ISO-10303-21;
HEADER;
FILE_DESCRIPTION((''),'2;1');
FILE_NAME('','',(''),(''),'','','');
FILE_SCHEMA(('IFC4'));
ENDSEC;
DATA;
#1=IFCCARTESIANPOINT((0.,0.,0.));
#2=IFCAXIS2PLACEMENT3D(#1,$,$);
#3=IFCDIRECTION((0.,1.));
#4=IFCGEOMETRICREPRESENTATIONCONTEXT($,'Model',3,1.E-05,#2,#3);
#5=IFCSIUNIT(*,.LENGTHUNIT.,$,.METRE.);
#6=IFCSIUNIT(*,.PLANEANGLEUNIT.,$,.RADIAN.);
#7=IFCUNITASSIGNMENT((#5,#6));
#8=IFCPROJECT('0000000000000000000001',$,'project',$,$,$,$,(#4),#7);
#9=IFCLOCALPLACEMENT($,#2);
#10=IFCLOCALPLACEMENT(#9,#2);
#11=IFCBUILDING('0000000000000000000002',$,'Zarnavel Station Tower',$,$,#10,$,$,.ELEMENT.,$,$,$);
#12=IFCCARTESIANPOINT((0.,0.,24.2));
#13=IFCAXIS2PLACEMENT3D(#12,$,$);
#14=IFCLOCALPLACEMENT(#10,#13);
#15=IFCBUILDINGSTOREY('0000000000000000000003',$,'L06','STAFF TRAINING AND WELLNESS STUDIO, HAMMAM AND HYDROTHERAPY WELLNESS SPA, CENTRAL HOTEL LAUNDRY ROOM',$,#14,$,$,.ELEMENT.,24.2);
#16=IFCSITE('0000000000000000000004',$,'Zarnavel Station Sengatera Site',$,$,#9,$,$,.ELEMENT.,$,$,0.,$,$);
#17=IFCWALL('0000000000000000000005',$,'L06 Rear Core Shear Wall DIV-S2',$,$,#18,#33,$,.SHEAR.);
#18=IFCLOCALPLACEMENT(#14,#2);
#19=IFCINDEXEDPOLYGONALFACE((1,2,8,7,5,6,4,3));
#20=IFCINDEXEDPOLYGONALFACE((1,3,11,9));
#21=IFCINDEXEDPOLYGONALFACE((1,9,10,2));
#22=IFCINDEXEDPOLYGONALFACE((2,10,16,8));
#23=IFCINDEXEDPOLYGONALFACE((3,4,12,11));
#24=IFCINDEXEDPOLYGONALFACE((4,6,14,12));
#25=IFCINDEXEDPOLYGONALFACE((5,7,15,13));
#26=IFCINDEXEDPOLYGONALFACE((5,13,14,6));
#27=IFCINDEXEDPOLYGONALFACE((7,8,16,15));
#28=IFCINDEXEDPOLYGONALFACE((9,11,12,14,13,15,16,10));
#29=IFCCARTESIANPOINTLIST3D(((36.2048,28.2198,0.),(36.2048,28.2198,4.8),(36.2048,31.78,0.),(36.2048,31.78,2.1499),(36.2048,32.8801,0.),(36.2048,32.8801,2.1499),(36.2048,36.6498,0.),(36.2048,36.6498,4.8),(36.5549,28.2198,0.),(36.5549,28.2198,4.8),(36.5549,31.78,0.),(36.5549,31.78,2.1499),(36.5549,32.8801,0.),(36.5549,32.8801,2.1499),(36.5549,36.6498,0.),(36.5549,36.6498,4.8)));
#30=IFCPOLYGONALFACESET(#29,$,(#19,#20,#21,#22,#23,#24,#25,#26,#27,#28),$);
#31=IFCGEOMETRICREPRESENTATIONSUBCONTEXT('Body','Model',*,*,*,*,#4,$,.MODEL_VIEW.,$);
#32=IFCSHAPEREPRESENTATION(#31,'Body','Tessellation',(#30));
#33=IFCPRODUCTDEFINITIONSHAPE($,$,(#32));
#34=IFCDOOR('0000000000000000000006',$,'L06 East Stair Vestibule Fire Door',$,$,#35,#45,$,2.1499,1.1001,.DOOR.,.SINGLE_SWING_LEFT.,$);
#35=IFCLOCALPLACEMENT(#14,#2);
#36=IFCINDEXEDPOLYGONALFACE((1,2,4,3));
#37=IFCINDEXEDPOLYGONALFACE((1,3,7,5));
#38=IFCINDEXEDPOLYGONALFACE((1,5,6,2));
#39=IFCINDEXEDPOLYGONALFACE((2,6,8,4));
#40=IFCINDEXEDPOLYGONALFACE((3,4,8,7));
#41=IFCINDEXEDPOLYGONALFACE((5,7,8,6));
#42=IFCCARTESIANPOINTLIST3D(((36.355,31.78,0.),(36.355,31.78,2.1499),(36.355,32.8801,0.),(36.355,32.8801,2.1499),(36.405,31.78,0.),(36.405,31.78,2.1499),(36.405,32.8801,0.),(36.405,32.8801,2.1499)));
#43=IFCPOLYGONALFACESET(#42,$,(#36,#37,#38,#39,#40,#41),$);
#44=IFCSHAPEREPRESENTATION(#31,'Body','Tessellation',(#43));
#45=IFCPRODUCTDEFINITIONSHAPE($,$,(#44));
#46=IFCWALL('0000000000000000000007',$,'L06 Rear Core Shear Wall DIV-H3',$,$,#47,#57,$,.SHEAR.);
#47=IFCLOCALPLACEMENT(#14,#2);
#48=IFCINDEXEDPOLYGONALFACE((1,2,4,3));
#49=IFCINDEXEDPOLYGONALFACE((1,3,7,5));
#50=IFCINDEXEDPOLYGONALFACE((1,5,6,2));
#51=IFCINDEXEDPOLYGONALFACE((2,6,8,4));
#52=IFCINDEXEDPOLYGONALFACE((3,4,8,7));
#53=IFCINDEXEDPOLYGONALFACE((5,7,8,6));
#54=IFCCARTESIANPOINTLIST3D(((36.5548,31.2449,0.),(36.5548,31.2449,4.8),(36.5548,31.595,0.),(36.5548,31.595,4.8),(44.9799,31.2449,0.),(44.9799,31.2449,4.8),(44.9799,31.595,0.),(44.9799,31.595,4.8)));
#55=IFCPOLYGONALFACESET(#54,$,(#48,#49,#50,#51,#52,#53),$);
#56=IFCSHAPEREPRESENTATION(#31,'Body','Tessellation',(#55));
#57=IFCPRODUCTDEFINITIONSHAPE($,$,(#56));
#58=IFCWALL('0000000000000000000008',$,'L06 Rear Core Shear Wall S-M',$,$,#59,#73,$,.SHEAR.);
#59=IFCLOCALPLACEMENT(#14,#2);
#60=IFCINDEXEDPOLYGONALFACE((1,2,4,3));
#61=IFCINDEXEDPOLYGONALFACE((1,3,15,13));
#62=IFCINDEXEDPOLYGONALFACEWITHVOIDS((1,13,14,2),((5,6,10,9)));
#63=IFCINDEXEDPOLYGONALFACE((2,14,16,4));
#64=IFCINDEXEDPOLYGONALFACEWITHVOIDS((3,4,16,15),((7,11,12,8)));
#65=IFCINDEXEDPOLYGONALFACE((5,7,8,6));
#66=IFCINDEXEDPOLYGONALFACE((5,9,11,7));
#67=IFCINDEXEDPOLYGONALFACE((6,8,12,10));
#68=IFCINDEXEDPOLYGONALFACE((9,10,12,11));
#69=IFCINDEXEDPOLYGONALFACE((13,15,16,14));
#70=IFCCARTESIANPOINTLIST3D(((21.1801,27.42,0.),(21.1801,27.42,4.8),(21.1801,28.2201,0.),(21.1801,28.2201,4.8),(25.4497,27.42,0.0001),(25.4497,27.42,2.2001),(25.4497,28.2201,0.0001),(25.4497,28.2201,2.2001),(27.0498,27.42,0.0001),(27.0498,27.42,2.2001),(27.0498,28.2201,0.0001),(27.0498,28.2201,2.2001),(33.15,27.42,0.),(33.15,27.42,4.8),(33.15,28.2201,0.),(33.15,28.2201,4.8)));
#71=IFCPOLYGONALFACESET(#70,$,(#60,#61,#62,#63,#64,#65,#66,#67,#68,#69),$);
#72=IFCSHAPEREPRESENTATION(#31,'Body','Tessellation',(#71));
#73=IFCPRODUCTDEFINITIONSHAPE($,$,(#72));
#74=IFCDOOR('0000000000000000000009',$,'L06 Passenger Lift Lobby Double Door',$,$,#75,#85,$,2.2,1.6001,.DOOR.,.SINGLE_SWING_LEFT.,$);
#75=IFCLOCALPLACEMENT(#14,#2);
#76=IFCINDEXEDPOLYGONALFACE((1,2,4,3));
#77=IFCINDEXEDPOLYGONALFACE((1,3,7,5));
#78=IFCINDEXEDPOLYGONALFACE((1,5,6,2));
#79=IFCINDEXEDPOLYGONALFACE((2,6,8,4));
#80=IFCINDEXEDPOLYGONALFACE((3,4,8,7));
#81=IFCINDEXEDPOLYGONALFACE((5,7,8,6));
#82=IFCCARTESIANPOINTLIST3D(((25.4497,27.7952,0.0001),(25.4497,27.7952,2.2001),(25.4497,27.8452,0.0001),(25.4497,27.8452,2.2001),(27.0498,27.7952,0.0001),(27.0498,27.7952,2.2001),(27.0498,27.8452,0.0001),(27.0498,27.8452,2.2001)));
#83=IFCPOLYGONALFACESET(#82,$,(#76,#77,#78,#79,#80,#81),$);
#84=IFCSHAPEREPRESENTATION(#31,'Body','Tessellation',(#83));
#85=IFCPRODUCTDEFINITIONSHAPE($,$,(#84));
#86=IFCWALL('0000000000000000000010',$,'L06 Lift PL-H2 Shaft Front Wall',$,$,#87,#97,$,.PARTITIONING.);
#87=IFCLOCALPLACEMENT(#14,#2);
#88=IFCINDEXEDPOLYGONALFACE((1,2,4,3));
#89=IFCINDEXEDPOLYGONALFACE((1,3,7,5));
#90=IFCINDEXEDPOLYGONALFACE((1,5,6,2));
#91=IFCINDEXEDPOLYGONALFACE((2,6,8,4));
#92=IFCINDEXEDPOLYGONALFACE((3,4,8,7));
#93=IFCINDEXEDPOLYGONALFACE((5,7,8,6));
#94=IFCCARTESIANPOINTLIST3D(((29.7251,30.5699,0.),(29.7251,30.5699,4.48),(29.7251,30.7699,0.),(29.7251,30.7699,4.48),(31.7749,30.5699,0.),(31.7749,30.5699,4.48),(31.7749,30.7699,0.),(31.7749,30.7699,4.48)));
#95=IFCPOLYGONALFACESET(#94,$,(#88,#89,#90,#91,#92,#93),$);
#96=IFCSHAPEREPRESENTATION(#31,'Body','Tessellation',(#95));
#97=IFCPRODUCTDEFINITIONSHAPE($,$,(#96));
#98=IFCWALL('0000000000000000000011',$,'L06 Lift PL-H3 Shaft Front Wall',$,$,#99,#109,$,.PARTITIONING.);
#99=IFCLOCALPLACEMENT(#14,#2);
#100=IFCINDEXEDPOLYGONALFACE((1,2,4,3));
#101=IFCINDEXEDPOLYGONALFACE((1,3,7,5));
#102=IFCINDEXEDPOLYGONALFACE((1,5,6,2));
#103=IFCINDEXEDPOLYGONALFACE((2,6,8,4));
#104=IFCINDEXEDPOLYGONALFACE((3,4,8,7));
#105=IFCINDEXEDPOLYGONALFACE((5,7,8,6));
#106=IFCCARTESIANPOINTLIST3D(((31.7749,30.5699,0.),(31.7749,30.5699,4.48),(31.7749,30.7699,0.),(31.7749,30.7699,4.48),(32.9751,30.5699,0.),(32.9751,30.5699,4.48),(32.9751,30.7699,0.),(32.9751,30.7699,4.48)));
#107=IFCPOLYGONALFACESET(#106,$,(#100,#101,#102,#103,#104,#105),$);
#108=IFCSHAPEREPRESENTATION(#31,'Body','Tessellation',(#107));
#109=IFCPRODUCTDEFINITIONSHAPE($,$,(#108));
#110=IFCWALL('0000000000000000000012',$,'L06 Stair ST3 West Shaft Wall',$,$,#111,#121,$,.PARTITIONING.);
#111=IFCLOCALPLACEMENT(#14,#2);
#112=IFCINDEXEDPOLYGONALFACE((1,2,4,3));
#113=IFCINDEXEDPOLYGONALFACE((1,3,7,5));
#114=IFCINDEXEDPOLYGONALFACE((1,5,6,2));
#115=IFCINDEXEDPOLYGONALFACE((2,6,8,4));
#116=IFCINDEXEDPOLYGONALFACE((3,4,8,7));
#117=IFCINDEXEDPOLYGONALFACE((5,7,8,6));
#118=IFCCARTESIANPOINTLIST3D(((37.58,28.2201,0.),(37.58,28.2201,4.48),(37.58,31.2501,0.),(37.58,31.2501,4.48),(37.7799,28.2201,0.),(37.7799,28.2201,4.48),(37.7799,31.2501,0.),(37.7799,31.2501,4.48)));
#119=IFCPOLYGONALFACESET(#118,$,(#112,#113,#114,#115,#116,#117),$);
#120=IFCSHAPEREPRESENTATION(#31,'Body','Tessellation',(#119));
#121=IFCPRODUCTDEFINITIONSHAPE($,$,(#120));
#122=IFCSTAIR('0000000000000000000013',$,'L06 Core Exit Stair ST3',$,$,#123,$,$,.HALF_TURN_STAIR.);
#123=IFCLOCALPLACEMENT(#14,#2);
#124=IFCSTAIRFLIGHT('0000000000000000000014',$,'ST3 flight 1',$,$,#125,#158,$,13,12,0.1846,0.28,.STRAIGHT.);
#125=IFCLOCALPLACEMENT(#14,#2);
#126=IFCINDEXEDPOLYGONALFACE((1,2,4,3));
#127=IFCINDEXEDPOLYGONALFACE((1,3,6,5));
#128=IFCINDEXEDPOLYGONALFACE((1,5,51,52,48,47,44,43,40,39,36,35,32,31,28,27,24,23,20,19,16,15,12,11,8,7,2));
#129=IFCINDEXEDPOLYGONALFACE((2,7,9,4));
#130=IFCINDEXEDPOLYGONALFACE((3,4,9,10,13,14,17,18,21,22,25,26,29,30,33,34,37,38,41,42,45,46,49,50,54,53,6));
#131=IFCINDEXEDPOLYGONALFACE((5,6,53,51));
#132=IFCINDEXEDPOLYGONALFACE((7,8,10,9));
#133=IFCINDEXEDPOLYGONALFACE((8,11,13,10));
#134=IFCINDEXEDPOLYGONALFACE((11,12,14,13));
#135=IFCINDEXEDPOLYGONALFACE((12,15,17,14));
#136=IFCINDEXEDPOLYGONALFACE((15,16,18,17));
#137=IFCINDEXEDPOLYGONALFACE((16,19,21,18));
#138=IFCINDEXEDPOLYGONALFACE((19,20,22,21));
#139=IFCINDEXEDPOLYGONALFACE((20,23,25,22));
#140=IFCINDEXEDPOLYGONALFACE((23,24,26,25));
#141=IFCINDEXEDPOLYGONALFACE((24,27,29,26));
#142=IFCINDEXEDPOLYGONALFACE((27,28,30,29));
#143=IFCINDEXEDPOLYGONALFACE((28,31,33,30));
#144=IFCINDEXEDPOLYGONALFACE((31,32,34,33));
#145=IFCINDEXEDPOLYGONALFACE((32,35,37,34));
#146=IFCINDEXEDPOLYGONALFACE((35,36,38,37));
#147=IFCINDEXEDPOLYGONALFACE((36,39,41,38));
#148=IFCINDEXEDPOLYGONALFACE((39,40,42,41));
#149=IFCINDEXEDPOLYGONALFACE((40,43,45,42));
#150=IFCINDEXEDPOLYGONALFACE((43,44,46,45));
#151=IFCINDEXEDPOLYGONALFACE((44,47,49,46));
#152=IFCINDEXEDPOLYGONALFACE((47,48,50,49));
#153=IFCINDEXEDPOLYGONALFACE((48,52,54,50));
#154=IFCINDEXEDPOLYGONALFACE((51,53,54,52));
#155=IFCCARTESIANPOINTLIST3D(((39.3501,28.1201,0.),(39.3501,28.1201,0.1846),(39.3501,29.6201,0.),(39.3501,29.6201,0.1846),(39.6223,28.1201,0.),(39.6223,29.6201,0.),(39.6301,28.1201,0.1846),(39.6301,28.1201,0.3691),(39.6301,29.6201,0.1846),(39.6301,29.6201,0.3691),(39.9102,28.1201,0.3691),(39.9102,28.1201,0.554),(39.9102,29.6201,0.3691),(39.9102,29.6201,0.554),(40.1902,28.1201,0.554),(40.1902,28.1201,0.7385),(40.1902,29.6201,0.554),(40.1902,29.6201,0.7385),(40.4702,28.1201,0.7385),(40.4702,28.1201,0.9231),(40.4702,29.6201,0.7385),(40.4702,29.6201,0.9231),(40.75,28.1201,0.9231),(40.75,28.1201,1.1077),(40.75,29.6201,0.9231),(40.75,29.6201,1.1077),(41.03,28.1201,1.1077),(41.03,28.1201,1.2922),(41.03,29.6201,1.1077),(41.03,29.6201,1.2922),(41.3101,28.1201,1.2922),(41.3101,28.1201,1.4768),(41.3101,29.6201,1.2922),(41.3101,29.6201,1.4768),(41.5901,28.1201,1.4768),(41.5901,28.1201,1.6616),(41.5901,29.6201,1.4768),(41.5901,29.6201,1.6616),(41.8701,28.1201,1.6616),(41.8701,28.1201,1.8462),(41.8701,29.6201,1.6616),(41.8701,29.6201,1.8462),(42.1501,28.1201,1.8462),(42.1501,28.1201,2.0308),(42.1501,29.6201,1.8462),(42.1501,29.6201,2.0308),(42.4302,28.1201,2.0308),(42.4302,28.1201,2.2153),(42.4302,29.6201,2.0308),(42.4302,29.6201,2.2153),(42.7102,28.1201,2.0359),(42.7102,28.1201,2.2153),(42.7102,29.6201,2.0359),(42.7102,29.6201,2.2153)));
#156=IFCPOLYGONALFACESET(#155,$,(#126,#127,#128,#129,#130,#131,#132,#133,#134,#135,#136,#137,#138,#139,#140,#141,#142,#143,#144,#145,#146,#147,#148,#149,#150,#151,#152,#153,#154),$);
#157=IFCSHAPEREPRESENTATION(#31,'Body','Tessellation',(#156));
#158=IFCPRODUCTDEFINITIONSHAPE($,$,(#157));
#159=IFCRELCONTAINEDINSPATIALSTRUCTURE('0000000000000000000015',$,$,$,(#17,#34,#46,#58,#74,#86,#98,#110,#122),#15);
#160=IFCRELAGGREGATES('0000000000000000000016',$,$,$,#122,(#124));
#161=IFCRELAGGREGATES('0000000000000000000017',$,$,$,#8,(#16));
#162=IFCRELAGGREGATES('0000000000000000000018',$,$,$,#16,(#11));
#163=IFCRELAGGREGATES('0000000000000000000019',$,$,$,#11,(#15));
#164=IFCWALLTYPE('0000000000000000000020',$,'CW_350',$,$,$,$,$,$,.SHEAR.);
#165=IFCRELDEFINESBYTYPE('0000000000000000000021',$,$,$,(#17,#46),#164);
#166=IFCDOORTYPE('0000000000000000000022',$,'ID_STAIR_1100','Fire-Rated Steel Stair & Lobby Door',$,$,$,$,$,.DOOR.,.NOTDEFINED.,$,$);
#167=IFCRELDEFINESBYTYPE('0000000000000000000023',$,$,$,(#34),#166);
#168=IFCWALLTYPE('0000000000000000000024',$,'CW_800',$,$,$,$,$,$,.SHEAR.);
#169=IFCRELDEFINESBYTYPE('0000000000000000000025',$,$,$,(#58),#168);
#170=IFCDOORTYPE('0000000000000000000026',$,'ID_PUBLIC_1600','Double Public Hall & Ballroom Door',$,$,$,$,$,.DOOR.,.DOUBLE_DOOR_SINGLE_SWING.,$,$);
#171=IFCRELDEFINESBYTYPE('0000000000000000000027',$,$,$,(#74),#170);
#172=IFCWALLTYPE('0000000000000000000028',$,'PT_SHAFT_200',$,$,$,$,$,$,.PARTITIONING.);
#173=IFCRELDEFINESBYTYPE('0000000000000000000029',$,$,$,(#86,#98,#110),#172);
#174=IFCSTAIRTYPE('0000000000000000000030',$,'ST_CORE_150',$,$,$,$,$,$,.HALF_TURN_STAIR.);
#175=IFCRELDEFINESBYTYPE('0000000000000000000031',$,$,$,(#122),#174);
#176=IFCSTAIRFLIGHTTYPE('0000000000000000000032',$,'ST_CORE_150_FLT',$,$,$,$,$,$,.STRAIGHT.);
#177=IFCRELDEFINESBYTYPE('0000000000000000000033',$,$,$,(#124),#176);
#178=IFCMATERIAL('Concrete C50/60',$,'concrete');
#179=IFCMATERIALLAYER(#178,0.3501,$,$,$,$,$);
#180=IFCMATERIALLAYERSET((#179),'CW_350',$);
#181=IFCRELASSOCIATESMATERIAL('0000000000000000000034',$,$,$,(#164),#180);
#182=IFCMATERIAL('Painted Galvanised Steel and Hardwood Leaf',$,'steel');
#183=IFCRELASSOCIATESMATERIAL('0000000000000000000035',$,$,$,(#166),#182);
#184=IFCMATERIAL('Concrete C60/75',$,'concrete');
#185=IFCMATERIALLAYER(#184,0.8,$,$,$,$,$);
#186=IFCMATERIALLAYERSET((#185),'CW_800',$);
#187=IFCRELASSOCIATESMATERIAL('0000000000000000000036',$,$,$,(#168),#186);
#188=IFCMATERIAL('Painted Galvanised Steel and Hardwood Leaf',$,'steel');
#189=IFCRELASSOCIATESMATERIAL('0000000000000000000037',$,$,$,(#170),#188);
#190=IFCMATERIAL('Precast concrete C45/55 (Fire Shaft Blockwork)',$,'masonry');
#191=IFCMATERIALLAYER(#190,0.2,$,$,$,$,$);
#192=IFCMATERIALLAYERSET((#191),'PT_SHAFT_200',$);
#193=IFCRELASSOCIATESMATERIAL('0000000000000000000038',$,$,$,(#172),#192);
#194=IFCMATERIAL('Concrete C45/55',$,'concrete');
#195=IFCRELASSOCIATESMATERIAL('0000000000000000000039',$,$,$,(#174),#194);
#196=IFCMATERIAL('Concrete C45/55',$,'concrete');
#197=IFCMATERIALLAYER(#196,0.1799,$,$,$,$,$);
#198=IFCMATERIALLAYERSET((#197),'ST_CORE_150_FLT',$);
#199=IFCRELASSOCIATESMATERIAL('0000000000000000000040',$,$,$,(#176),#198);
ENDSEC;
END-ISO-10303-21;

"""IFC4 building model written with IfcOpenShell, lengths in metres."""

from ifc_helpers import new_model, si_unit, direction, frame, frame_2d, origin, place, context, subcontext, project, spatial, polyline, rectangle, outline, extrude, material, layer, layer_set, type_object, element, fill, aggregate, save


model = new_model("IFC4")

# Units and contexts
model_context = context("Model", 3, precision=1e-05, world=origin(), true_north=direction((0.0, 1.0)))
body_context = subcontext(model_context, "Body", "Model", "MODEL_VIEW")
ifc_project = project(units=[si_unit("LENGTHUNIT", "METRE"), si_unit("PLANEANGLEUNIT", "RADIAN")], contexts=[model_context])

# Site, building, storey
site_placement = place(None, origin())
site = spatial("IfcSite", under=ifc_project, at=site_placement, Name="Zarnavel Station Sengatera Site", CompositionType="ELEMENT", RefElevation=0.0)
building_placement = place(site_placement, origin())
building = spatial("IfcBuilding", under=site, at=building_placement, Name="Zarnavel Station Tower", CompositionType="ELEMENT")
storey_placement = place(building_placement, frame((0.0, 0.0, 24.2)))
storey = spatial("IfcBuildingStorey", under=building, at=storey_placement, Name="L06", Description="STAFF TRAINING AND WELLNESS STUDIO, HAMMAM AND HYDROTHERAPY WELLNESS SPA, CENTRAL HOTEL LAUNDRY ROOM", CompositionType="ELEMENT", Elevation=24.2)

# Shared definitions
ifc_material_1 = material(Name="Concrete C50/60", Category="concrete")
ifc_layer_1 = layer(ifc_material_1, 0.3501)
ifc_layer_set_1 = layer_set([ifc_layer_1], Name="CW_350")
wall_type_1 = type_object("IfcWallType", Name="CW_350", PredefinedType="SHEAR", material=ifc_layer_set_1)

# Wall, opening, door
wall_1_placement = place(storey_placement, frame((36.3799, 28.22, 0.0), z_axis=(0.0, 0.0, 1.0), x_axis=(0.0, 1.0, 0.0)))
wall_1 = element("IfcWall", 1, at=wall_1_placement, inside=storey, type_object=wall_type_1, Name="L06 Rear Core Shear Wall DIV-S2", PredefinedType="SHEAR", context=body_context, shape_type="SweptSolid", body=[
    extrude(rectangle(XDim=8.4299, YDim=0.3501, at=frame_2d((4.2148, 0.0))), origin(), (0.0, 0.0, 1.0), 4.8),
])
opening_1_placement = place(wall_1_placement, frame((3.5601, 0.0, 0.0)))
opening_1 = element("IfcOpeningElement", 2, at=opening_1_placement, cuts=wall_1, PredefinedType="OPENING", context=body_context, shape_type="SweptSolid", body=[
    extrude(rectangle(XDim=1.1001, YDim=2.1499, at=frame_2d((0.55, 1.075))), frame((0.0, 0.1851, 0.0), z_axis=(0.0, -1.0, 0.0), x_axis=(1.0, 0.0, 0.0)), (0.0, 0.0, 1.0), 0.3701),
])
ifc_material_2 = material(Name="Painted Galvanised Steel and Hardwood Leaf", Category="steel")
door_type_1 = type_object("IfcDoorType", Name="ID_STAIR_1100", Description="Fire-Rated Steel Stair & Lobby Door", OperationType="NOTDEFINED", PredefinedType="DOOR", material=ifc_material_2)
door_1_placement = place(opening_1_placement, origin())
door_1 = element("IfcDoor", 3, at=door_1_placement, inside=storey, type_object=door_type_1, Name="L06 East Stair Vestibule Fire Door", OperationType="SINGLE_SWING_LEFT", OverallHeight=2.1499, OverallWidth=1.1001, PredefinedType="DOOR", context=body_context, shape_type="SweptSolid", body=[
    extrude(rectangle(XDim=1.1001, YDim=2.1499, at=frame_2d((0.55, 1.075))), frame((0.0, 0.0249, 0.0), z_axis=(0.0, -1.0, 0.0), x_axis=(1.0, 0.0, 0.0)), (0.0, 0.0, 1.0), 0.05),
])
fill(opening_1, door_1)

# Wall
wall_2_placement = place(storey_placement, frame((36.5549, 31.4199, 0.0), z_axis=(0.0, 0.0, 1.0), x_axis=(1.0, 0.0, 0.0)))
element("IfcWall", 4, at=wall_2_placement, inside=storey, type_object=wall_type_1, Name="L06 Rear Core Shear Wall DIV-H3", PredefinedType="SHEAR", context=body_context, shape_type="SweptSolid", body=[
    extrude(rectangle(XDim=8.425, YDim=0.3501, at=frame_2d((4.2124, 0.0))), origin(), (0.0, 0.0, 1.0), 4.8),
])

# Wall, opening, door
ifc_material_3 = material(Name="Concrete C60/75", Category="concrete")
ifc_layer_2 = layer(ifc_material_3, 0.8)
ifc_layer_set_2 = layer_set([ifc_layer_2], Name="CW_800")
wall_type_2 = type_object("IfcWallType", Name="CW_800", PredefinedType="SHEAR", material=ifc_layer_set_2)
wall_3_placement = place(storey_placement, frame((33.1499, 27.8201, 0.0), z_axis=(0.0, 0.0, 1.0), x_axis=(-1.0, 0.0, 0.0)))
wall_3 = element("IfcWall", 5, at=wall_3_placement, inside=storey, type_object=wall_type_2, Name="L06 Rear Core Shear Wall S-M", PredefinedType="SHEAR", context=body_context, shape_type="SweptSolid", body=[
    extrude(rectangle(XDim=11.97, YDim=0.8, at=frame_2d((5.9849, 0.0))), origin(), (0.0, 0.0, 1.0), 4.8),
])
opening_2_placement = place(wall_3_placement, frame((6.1001, 0.0, 0.0)))
opening_2 = element("IfcOpeningElement", 6, at=opening_2_placement, cuts=wall_3, PredefinedType="OPENING", context=body_context, shape_type="SweptSolid", body=[
    extrude(rectangle(XDim=1.6001, YDim=2.2, at=frame_2d((0.8, 1.1001))), frame((0.0, 0.4099, 0.0), z_axis=(0.0, -1.0, 0.0), x_axis=(1.0, 0.0, 0.0)), (0.0, 0.0, 1.0), 0.8201),
])
ifc_material_4 = material(Name="Painted Galvanised Steel and Hardwood Leaf", Category="steel")
door_type_2 = type_object("IfcDoorType", Name="ID_PUBLIC_1600", Description="Double Public Hall & Ballroom Door", OperationType="DOUBLE_DOOR_SINGLE_SWING", PredefinedType="DOOR", material=ifc_material_4)
door_2_placement = place(opening_2_placement, origin())
door_2 = element("IfcDoor", 7, at=door_2_placement, inside=storey, type_object=door_type_2, Name="L06 Passenger Lift Lobby Double Door", OperationType="SINGLE_SWING_LEFT", OverallHeight=2.2, OverallWidth=1.6001, PredefinedType="DOOR", context=body_context, shape_type="SweptSolid", body=[
    extrude(rectangle(XDim=1.6001, YDim=2.2, at=frame_2d((0.8, 1.1001))), frame((0.0, 0.0249, 0.0), z_axis=(0.0, -1.0, 0.0), x_axis=(1.0, 0.0, 0.0)), (0.0, 0.0, 1.0), 0.05),
])
fill(opening_2, door_2)

# Walls
ifc_material_5 = material(Name="Precast concrete C45/55 (Fire Shaft Blockwork)", Category="masonry")
ifc_layer_3 = layer(ifc_material_5, 0.2)
ifc_layer_set_3 = layer_set([ifc_layer_3], Name="PT_SHAFT_200")
wall_type_3 = type_object("IfcWallType", Name="PT_SHAFT_200", PredefinedType="PARTITIONING", material=ifc_layer_set_3)
wall_4_placement = place(storey_placement, frame((29.7251, 30.6699, 0.0), z_axis=(0.0, 0.0, 1.0), x_axis=(1.0, 0.0, 0.0)))
element("IfcWall", 8, at=wall_4_placement, inside=storey, type_object=wall_type_3, Name="L06 Lift PL-H2 Shaft Front Wall", PredefinedType="PARTITIONING", context=body_context, shape_type="SweptSolid", body=[
    extrude(rectangle(XDim=2.0498, YDim=0.2, at=frame_2d((1.0249, 0.0))), origin(), (0.0, 0.0, 1.0), 4.48),
])
wall_5_placement = place(storey_placement, frame((31.7749, 30.6699, 0.0), z_axis=(0.0, 0.0, 1.0), x_axis=(1.0, 0.0, 0.0)))
element("IfcWall", 9, at=wall_5_placement, inside=storey, type_object=wall_type_3, Name="L06 Lift PL-H3 Shaft Front Wall", PredefinedType="PARTITIONING", context=body_context, shape_type="SweptSolid", body=[
    extrude(rectangle(XDim=1.2002, YDim=0.2, at=frame_2d((0.6001, 0.0))), origin(), (0.0, 0.0, 1.0), 4.48),
])
wall_6_placement = place(storey_placement, frame((37.6799, 28.22, 0.0), z_axis=(0.0, 0.0, 1.0), x_axis=(0.0, 1.0, 0.0)))
element("IfcWall", 10, at=wall_6_placement, inside=storey, type_object=wall_type_3, Name="L06 Stair ST3 West Shaft Wall", PredefinedType="PARTITIONING", context=body_context, shape_type="SweptSolid", body=[
    extrude(rectangle(XDim=3.03, YDim=0.2, at=frame_2d((1.5151, 0.0))), origin(), (0.0, 0.0, 1.0), 4.48),
])

# Stair, stair flight
ifc_material_6 = material(Name="Concrete C45/55", Category="concrete")
stair_type = type_object("IfcStairType", Name="ST_CORE_150", PredefinedType="HALF_TURN_STAIR", material=ifc_material_6)
stair_placement = place(storey_placement, origin())
stair = element("IfcStair", 11, at=stair_placement, inside=storey, type_object=stair_type, Name="L06 Core Exit Stair ST3", PredefinedType="HALF_TURN_STAIR")
ifc_material_7 = material(Name="Concrete C45/55", Category="concrete")
ifc_layer_4 = layer(ifc_material_7, 0.1799)
ifc_layer_set_4 = layer_set([ifc_layer_4], Name="ST_CORE_150_FLT")
stair_flight_type = type_object("IfcStairFlightType", Name="ST_CORE_150_FLT", PredefinedType="STRAIGHT", material=ifc_layer_set_4)
stair_flight_1_placement = place(storey_placement, frame((39.3501, 28.8701, 0.0), z_axis=(0.0, 0.0, 1.0), x_axis=(1.0, 0.0, 0.0)))
stair_flight_1 = element("IfcStairFlight", 12, at=stair_flight_1_placement, type_object=stair_flight_type, Name="ST3 flight 1", NumberOfRisers=13, NumberOfTreads=12, PredefinedType="STRAIGHT", RiserHeight=0.1846, TreadLength=0.28, context=body_context, shape_type="SweptSolid", body=[
    extrude(outline(polyline([(0.0, 0.0), (0.0, 0.1846), (0.28, 0.1846), (0.28, 0.3691), (0.5601, 0.3691), (0.5601, 0.554), (0.8401, 0.554), (0.8401, 0.7385), (1.1201, 0.7385), (1.1201, 0.9231), (1.3999, 0.9231), (1.3999, 1.1077), (1.6799, 1.1077), (1.6799, 1.2922), (1.96, 1.2922), (1.96, 1.4768), (2.24, 1.4768), (2.24, 1.6616), (2.52, 1.6616), (2.52, 1.8462), (2.8, 1.8462), (2.8, 2.0308), (3.0801, 2.0308), (3.0801, 2.2153), (3.3601, 2.2153), (3.3601, 2.3999), (3.3601, 2.0359), (0.2722, 0.0), (0.0, 0.0)])), frame((0.0, 0.75, 0.0), z_axis=(0.0, -1.0, 0.0), x_axis=(1.0, 0.0, 0.0)), (0.0, 0.0, 1.0), 1.5),
])
aggregate(stair, [stair_flight_1])

save(model, "model.ifc")
